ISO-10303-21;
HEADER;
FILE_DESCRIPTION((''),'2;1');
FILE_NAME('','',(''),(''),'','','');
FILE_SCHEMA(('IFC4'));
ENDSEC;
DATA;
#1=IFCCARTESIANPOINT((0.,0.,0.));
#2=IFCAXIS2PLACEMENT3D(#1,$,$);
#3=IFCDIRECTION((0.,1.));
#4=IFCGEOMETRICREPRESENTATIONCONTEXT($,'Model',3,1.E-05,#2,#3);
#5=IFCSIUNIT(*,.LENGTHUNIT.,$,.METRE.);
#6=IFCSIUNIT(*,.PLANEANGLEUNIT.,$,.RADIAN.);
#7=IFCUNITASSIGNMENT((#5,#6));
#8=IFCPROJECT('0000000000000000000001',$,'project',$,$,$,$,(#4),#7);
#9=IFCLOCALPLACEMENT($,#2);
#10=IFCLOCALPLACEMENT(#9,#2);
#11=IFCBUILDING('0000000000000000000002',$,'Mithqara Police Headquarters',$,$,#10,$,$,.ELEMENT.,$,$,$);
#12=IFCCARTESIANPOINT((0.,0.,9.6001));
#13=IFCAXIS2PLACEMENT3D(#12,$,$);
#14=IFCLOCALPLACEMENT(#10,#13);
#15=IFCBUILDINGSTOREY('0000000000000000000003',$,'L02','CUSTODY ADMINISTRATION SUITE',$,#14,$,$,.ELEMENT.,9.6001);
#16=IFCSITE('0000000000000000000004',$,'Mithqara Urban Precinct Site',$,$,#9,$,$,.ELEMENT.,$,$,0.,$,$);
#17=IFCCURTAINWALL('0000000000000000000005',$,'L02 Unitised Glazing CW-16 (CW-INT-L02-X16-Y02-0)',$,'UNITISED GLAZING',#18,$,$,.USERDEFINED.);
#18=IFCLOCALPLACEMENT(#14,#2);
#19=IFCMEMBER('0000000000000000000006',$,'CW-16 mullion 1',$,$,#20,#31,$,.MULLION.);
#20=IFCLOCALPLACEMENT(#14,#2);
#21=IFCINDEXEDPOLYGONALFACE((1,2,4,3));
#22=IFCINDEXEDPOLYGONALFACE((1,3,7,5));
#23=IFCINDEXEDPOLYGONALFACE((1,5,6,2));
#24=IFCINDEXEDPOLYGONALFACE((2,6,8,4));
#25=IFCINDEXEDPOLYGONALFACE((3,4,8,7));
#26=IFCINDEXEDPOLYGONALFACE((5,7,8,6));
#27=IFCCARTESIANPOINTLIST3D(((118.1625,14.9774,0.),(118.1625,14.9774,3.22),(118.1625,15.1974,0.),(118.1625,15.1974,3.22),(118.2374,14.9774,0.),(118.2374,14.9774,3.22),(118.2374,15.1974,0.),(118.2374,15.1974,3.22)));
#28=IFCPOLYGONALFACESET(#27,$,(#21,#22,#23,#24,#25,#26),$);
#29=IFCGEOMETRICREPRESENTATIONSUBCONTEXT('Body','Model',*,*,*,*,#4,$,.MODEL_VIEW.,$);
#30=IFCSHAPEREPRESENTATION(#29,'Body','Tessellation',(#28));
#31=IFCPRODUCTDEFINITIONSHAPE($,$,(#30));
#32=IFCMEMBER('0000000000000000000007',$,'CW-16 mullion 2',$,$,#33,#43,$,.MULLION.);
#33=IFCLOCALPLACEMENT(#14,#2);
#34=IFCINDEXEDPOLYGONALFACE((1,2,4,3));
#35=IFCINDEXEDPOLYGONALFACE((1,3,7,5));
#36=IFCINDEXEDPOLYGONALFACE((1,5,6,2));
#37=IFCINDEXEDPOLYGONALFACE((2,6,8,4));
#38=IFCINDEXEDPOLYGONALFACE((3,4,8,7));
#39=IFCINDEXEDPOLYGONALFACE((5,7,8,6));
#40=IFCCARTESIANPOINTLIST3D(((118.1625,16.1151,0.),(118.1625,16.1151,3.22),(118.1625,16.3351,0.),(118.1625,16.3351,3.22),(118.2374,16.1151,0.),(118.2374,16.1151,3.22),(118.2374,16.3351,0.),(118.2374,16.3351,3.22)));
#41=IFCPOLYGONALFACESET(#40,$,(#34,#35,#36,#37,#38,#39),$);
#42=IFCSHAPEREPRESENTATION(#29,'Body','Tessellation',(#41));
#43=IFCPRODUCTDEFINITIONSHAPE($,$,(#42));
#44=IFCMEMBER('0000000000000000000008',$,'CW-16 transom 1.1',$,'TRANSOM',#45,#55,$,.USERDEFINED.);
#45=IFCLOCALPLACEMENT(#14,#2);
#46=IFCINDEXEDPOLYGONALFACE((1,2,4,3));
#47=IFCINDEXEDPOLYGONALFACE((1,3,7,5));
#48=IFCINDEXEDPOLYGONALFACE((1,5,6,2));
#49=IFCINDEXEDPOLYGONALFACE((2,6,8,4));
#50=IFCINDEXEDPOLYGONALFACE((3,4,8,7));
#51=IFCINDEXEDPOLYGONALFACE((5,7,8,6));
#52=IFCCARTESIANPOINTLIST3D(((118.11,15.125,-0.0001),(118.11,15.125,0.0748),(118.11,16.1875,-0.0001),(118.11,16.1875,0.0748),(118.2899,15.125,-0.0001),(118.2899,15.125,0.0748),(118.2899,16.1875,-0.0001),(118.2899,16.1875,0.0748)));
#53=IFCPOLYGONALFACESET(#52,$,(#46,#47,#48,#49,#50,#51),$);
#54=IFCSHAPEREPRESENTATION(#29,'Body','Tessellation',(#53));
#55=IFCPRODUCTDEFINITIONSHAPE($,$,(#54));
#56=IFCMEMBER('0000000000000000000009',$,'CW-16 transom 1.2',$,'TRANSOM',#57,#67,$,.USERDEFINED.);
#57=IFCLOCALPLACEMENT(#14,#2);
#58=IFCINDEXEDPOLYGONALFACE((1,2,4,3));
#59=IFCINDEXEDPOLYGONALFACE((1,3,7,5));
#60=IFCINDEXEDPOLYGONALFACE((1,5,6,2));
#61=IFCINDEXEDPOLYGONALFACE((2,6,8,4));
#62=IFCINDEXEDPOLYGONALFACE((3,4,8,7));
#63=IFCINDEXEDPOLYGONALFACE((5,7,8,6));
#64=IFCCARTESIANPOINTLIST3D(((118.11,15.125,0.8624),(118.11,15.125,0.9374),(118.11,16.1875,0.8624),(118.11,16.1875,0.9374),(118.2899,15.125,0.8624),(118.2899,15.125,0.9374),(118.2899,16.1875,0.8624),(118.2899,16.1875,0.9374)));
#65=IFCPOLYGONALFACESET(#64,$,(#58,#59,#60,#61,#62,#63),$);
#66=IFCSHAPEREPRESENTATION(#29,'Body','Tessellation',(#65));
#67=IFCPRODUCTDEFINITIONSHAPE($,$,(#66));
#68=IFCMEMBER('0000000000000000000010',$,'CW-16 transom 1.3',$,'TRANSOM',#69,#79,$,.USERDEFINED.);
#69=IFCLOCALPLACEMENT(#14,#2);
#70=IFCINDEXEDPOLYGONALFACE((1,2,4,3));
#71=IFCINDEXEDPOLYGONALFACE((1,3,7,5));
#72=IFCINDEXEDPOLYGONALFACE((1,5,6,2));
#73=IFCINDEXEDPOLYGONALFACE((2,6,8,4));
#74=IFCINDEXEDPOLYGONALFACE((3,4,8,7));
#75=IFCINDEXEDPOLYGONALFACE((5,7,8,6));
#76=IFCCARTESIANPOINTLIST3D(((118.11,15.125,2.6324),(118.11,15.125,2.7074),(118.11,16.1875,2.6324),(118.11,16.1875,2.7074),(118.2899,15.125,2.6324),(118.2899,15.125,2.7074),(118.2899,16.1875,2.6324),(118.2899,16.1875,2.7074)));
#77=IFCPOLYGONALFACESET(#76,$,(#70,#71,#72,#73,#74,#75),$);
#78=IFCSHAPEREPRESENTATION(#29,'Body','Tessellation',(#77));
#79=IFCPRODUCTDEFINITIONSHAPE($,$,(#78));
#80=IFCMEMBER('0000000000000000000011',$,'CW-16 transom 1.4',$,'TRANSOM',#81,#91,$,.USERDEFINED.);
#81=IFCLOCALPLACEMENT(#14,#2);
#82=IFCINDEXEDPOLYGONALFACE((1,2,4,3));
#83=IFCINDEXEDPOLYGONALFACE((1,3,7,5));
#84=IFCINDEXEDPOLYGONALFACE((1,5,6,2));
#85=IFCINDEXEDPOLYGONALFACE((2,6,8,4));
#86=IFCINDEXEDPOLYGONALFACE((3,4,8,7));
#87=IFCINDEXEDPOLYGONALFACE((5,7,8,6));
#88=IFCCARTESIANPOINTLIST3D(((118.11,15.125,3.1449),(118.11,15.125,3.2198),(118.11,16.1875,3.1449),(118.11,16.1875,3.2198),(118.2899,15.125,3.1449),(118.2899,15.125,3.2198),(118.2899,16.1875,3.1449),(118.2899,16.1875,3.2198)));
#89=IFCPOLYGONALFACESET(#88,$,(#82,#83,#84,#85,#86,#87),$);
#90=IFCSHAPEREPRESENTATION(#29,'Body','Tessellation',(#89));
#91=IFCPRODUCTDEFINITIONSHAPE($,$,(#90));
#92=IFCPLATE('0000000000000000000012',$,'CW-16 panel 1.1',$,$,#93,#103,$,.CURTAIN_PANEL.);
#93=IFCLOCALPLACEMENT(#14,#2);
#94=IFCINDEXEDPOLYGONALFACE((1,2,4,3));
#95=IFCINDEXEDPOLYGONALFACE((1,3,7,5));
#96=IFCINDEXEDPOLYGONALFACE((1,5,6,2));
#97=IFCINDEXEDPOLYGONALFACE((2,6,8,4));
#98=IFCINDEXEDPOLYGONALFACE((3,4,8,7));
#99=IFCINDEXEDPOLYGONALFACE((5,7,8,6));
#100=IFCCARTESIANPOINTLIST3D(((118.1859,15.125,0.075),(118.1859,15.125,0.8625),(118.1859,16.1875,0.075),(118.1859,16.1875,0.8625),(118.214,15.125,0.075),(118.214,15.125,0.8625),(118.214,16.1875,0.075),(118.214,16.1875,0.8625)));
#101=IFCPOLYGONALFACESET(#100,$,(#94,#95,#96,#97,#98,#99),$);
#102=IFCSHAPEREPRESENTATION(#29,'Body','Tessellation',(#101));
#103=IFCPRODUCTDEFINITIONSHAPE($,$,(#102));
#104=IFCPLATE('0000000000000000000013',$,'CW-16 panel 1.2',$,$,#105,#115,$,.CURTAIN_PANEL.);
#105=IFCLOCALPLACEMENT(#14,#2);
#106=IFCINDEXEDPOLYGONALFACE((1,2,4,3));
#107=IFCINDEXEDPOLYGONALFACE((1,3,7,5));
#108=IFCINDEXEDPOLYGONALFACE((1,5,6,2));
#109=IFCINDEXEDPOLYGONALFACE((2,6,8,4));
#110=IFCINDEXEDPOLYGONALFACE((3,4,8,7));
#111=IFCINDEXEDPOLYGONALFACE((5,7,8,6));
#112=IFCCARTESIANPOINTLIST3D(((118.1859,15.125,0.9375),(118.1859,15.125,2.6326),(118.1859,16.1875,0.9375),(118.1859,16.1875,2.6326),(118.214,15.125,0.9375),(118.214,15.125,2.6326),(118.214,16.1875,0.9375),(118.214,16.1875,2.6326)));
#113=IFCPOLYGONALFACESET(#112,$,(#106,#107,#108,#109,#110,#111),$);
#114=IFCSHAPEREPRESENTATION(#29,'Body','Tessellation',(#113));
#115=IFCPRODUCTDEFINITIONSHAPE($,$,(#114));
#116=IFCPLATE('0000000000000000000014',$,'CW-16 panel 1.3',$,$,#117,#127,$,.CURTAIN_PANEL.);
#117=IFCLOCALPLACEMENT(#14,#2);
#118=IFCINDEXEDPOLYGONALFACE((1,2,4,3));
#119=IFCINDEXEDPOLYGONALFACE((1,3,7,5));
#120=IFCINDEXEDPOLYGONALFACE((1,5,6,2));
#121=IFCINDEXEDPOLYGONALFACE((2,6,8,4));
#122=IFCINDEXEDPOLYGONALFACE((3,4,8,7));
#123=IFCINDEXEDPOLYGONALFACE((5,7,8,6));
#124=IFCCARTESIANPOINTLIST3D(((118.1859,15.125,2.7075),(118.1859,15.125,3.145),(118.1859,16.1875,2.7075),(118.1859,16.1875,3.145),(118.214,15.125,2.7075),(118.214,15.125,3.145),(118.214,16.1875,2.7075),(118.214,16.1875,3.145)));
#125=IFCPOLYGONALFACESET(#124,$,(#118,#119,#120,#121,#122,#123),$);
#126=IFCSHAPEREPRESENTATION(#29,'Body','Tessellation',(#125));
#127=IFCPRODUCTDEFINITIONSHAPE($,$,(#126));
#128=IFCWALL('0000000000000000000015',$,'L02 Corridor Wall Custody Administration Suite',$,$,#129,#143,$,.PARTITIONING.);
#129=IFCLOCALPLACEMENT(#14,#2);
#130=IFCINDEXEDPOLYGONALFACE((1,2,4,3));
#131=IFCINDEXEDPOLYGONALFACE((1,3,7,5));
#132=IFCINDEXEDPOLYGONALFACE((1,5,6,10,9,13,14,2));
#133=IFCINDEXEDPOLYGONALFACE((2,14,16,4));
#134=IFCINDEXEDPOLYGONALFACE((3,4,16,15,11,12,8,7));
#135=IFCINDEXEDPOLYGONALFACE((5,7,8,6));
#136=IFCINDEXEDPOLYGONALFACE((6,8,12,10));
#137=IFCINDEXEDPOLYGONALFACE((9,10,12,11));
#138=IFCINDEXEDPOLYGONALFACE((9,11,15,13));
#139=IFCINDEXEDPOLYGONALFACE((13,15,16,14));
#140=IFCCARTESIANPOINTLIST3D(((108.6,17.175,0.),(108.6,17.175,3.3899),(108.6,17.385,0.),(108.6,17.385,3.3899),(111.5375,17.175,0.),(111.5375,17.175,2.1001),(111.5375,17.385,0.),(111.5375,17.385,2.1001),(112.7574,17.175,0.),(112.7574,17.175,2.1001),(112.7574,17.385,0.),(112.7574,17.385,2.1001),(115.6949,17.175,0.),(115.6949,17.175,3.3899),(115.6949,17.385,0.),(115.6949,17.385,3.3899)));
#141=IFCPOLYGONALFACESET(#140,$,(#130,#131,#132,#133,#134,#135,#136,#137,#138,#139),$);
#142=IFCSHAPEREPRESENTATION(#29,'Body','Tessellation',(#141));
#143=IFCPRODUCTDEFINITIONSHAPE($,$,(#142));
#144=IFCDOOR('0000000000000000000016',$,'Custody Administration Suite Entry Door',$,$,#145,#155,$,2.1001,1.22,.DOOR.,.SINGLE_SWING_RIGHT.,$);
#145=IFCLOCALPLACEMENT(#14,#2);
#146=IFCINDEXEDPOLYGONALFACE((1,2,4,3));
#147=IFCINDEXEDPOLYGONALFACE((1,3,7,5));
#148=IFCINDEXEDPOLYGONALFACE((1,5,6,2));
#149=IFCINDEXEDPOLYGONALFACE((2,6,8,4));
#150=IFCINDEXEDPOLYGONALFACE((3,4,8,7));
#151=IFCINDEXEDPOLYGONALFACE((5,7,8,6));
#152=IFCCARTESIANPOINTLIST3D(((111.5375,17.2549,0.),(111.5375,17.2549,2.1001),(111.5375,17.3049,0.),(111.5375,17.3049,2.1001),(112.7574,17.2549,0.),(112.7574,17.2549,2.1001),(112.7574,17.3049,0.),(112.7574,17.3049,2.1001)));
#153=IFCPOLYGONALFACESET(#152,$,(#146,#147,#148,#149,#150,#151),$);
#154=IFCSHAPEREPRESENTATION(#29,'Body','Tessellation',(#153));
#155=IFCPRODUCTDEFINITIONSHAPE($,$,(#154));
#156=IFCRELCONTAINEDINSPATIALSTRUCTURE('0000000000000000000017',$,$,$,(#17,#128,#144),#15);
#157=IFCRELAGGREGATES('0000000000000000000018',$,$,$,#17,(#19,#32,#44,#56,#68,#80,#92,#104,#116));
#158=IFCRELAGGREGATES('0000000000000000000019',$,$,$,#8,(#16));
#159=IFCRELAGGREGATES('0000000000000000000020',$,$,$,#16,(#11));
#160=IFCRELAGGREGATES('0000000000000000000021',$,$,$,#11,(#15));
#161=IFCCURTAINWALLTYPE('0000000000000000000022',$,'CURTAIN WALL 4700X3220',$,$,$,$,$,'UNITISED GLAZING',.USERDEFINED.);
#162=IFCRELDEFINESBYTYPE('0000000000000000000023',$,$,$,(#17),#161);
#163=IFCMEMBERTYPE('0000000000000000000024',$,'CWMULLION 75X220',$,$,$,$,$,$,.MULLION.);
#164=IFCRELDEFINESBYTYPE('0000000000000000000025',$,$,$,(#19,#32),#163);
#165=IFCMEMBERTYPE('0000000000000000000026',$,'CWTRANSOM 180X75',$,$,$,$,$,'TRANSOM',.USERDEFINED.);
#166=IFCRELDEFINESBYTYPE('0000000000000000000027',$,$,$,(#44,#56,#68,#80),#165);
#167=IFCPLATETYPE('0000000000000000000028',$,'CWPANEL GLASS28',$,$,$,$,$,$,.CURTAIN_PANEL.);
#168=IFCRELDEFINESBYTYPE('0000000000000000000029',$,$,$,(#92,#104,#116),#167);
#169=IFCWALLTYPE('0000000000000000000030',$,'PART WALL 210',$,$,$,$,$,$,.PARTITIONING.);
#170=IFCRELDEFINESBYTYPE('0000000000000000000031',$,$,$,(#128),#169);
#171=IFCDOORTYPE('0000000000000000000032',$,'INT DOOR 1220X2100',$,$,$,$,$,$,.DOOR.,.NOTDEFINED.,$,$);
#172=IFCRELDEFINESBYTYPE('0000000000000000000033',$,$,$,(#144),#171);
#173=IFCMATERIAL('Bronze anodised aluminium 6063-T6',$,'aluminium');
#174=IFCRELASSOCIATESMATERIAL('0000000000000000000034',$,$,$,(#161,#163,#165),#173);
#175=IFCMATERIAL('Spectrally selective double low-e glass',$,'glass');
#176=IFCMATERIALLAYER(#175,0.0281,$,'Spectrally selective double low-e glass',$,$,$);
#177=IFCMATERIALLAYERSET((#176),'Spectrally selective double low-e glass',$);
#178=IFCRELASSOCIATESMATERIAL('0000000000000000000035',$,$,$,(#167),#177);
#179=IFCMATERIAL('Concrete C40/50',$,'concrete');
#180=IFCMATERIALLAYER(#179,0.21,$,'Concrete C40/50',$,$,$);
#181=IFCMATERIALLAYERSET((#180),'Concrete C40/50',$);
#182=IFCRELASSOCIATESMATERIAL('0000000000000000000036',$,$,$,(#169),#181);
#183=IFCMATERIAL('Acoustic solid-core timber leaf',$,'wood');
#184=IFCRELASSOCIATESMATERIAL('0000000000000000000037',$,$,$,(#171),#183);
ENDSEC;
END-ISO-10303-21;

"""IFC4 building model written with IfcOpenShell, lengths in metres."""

from ifc_helpers import new_model, si_unit, direction, frame, frame_2d, origin, origin_2d, place, context, subcontext, project, spatial, rectangle, extrude, material, layer, layer_set, material_profile, profile_set, type_object, element, fill, aggregate, save


model = new_model("IFC4")

# Units and contexts
model_context = context("Model", 3, precision=1e-05, world=origin(), true_north=direction((0.0, 1.0)))
body_context = subcontext(model_context, "Body", "Model", "MODEL_VIEW")
ifc_project = project(units=[si_unit("LENGTHUNIT", "METRE"), si_unit("PLANEANGLEUNIT", "RADIAN")], contexts=[model_context])

# Site, building, storey
site_placement = place(None, origin())
site = spatial("IfcSite", under=ifc_project, at=site_placement, Name="Mithqara Urban Precinct Site", CompositionType="ELEMENT", RefElevation=0.0)
building_placement = place(site_placement, origin())
building = spatial("IfcBuilding", under=site, at=building_placement, Name="Mithqara Police Headquarters", CompositionType="ELEMENT")
storey_placement = place(building_placement, frame((0.0, 0.0, 9.6001)))
storey = spatial("IfcBuildingStorey", under=building, at=storey_placement, Name="L02", Description="CUSTODY ADMINISTRATION SUITE", CompositionType="ELEMENT", Elevation=9.6001)

# Curtain wall, members, plates
ifc_material_1 = material(Name="Bronze anodised aluminium 6063-T6", Category="aluminium")
curtain_wall_type = type_object("IfcCurtainWallType", Name="CURTAIN WALL 4700X3220", ElementType="UNITISED GLAZING", PredefinedType="USERDEFINED", material=ifc_material_1)
curtain_wall_placement = place(storey_placement, origin())
curtain_wall = element("IfcCurtainWall", 1, at=curtain_wall_placement, inside=storey, type_object=curtain_wall_type, Name="L02 Unitised Glazing CW-16 (CW-INT-L02-X16-Y02-0)", ObjectType="UNITISED GLAZING", PredefinedType="USERDEFINED")
ifc_material_profile_1 = material_profile(ifc_material_1, rectangle(XDim=0.075, YDim=0.22, at=origin_2d()), Name="CWM 75x220")
ifc_profile_set_1 = profile_set([ifc_material_profile_1], Name="Bronze anodised aluminium 6063-T6")
member_type_1 = type_object("IfcMemberType", Name="CWMULLION 75X220", PredefinedType="MULLION", material=ifc_profile_set_1)
member_1_placement = place(storey_placement, frame((118.2, 15.0874, 0.0), z_axis=(0.0, 0.0, 1.0), x_axis=(-1.0, 0.0, 0.0)))
member_1 = element("IfcMember", 2, at=member_1_placement, type_object=member_type_1, Name="CW-16 mullion 1", PredefinedType="MULLION", context=body_context, shape_type="SweptSolid", body=[
    extrude(rectangle(XDim=0.075, YDim=0.22, at=origin_2d()), origin(), (0.0, 0.0, 1.0), 3.22),
])
member_2_placement = place(storey_placement, frame((118.2, 16.2251, 0.0), z_axis=(0.0, 0.0, 1.0), x_axis=(-1.0, 0.0, 0.0)))
member_2 = element("IfcMember", 3, at=member_2_placement, type_object=member_type_1, Name="CW-16 mullion 2", PredefinedType="MULLION", context=body_context, shape_type="SweptSolid", body=[
    extrude(rectangle(XDim=0.075, YDim=0.22, at=origin_2d()), origin(), (0.0, 0.0, 1.0), 3.22),
])
ifc_material_profile_2 = material_profile(ifc_material_1, rectangle(XDim=0.1799, YDim=0.075, at=origin_2d()), Name="CWT 180x75")
ifc_profile_set_2 = profile_set([ifc_material_profile_2], Name="Bronze anodised aluminium 6063-T6")
member_type_2 = type_object("IfcMemberType", Name="CWTRANSOM 180X75", ElementType="TRANSOM", PredefinedType="USERDEFINED", material=ifc_profile_set_2)
member_3_placement = place(storey_placement, frame((118.2, 15.125, 0.0374), z_axis=(0.0, 1.0, 0.0), x_axis=(-1.0, 0.0, 0.0)))
member_3 = element("IfcMember", 4, at=member_3_placement, type_object=member_type_2, Name="CW-16 transom 1.1", ObjectType="TRANSOM", PredefinedType="USERDEFINED", context=body_context, shape_type="SweptSolid", body=[
    extrude(rectangle(XDim=0.1799, YDim=0.075, at=origin_2d()), origin(), (0.0, 0.0, 1.0), 1.0625),
])
member_4_placement = place(storey_placement, frame((118.2, 15.125, 0.8999), z_axis=(0.0, 1.0, 0.0), x_axis=(-1.0, 0.0, 0.0)))
member_4 = element("IfcMember", 5, at=member_4_placement, type_object=member_type_2, Name="CW-16 transom 1.2", ObjectType="TRANSOM", PredefinedType="USERDEFINED", context=body_context, shape_type="SweptSolid", body=[
    extrude(rectangle(XDim=0.1799, YDim=0.075, at=origin_2d()), origin(), (0.0, 0.0, 1.0), 1.0625),
])
member_5_placement = place(storey_placement, frame((118.2, 15.125, 2.6699), z_axis=(0.0, 1.0, 0.0), x_axis=(-1.0, 0.0, 0.0)))
member_5 = element("IfcMember", 6, at=member_5_placement, type_object=member_type_2, Name="CW-16 transom 1.3", ObjectType="TRANSOM", PredefinedType="USERDEFINED", context=body_context, shape_type="SweptSolid", body=[
    extrude(rectangle(XDim=0.1799, YDim=0.075, at=origin_2d()), origin(), (0.0, 0.0, 1.0), 1.0625),
])
member_6_placement = place(storey_placement, frame((118.2, 15.125, 3.1824), z_axis=(0.0, 1.0, 0.0), x_axis=(-1.0, 0.0, 0.0)))
member_6 = element("IfcMember", 7, at=member_6_placement, type_object=member_type_2, Name="CW-16 transom 1.4", ObjectType="TRANSOM", PredefinedType="USERDEFINED", context=body_context, shape_type="SweptSolid", body=[
    extrude(rectangle(XDim=0.1799, YDim=0.075, at=origin_2d()), origin(), (0.0, 0.0, 1.0), 1.0625),
])
ifc_material_2 = material(Name="Spectrally selective double low-e glass", Category="glass")
ifc_layer_1 = layer(ifc_material_2, 0.0281, Name="Spectrally selective double low-e glass")
ifc_layer_set_1 = layer_set([ifc_layer_1], Name="Spectrally selective double low-e glass")
plate_type = type_object("IfcPlateType", Name="CWPANEL GLASS28", PredefinedType="CURTAIN_PANEL", material=ifc_layer_set_1)
plate_1_placement = place(storey_placement, frame((118.2, 15.6562, 0.075), z_axis=(0.0, 0.0, 1.0), x_axis=(0.0, 1.0, 0.0)))
plate_1 = element("IfcPlate", 8, at=plate_1_placement, type_object=plate_type, Name="CW-16 panel 1.1", PredefinedType="CURTAIN_PANEL", context=body_context, shape_type="SweptSolid", body=[
    extrude(rectangle(XDim=1.0625, YDim=0.0281, at=origin_2d()), origin(), (0.0, 0.0, 1.0), 0.7876),
])
plate_2_placement = place(storey_placement, frame((118.2, 15.6562, 0.9375), z_axis=(0.0, 0.0, 1.0), x_axis=(0.0, 1.0, 0.0)))
plate_2 = element("IfcPlate", 9, at=plate_2_placement, type_object=plate_type, Name="CW-16 panel 1.2", PredefinedType="CURTAIN_PANEL", context=body_context, shape_type="SweptSolid", body=[
    extrude(rectangle(XDim=1.0625, YDim=0.0281, at=origin_2d()), origin(), (0.0, 0.0, 1.0), 1.6951),
])
plate_3_placement = place(storey_placement, frame((118.2, 15.6562, 2.7075), z_axis=(0.0, 0.0, 1.0), x_axis=(0.0, 1.0, 0.0)))
plate_3 = element("IfcPlate", 10, at=plate_3_placement, type_object=plate_type, Name="CW-16 panel 1.3", PredefinedType="CURTAIN_PANEL", context=body_context, shape_type="SweptSolid", body=[
    extrude(rectangle(XDim=1.0625, YDim=0.0281, at=origin_2d()), origin(), (0.0, 0.0, 1.0), 0.4375),
])
aggregate(curtain_wall, [member_1, member_2, member_3, member_4, member_5, member_6, plate_1, plate_2, plate_3])

# Wall, opening, door
ifc_material_3 = material(Name="Concrete C40/50", Category="concrete")
ifc_layer_2 = layer(ifc_material_3, 0.21, Name="Concrete C40/50")
ifc_layer_set_2 = layer_set([ifc_layer_2], Name="Concrete C40/50")
wall_type_1 = type_object("IfcWallType", Name="PART WALL 210", PredefinedType="PARTITIONING", material=ifc_layer_set_2)
wall_1_placement = place(storey_placement, frame((108.6001, 17.28, 0.0), z_axis=(0.0, 0.0, 1.0), x_axis=(1.0, 0.0, 0.0)))
wall_1 = element("IfcWall", 11, at=wall_1_placement, inside=storey, type_object=wall_type_1, Name="L02 Corridor Wall Custody Administration Suite", PredefinedType="PARTITIONING", context=body_context, shape_type="SweptSolid", body=[
    extrude(rectangle(XDim=7.095, YDim=0.21, at=frame_2d((3.5474, 0.0))), origin(), (0.0, 0.0, 1.0), 3.3899),
])
opening_1_placement = place(wall_1_placement, frame((2.9375, 0.0, 0.0)))
opening_1 = element("IfcOpeningElement", 12, at=opening_1_placement, cuts=wall_1, PredefinedType="OPENING", context=body_context, shape_type="SweptSolid", body=[
    extrude(rectangle(XDim=1.22, YDim=2.1001, at=frame_2d((0.6099, 1.05))), frame((0.0, 0.115, 0.0), z_axis=(0.0, -1.0, 0.0), x_axis=(1.0, 0.0, 0.0)), (0.0, 0.0, 1.0), 0.23),
])
ifc_material_4 = material(Name="Acoustic solid-core timber leaf", Category="wood")
door_type_1 = type_object("IfcDoorType", Name="INT DOOR 1220X2100", OperationType="NOTDEFINED", PredefinedType="DOOR", material=ifc_material_4)
door_1_placement = place(opening_1_placement, origin())
door_1 = element("IfcDoor", 13, at=door_1_placement, inside=storey, type_object=door_type_1, Name="Custody Administration Suite Entry Door", OperationType="SINGLE_SWING_RIGHT", OverallHeight=2.1001, OverallWidth=1.22, PredefinedType="DOOR", context=body_context, shape_type="SweptSolid", body=[
    extrude(rectangle(XDim=1.22, YDim=2.1001, at=frame_2d((0.6099, 1.05))), frame((0.0, 0.0249, 0.0), z_axis=(0.0, -1.0, 0.0), x_axis=(1.0, 0.0, 0.0)), (0.0, 0.0, 1.0), 0.05),
])
fill(opening_1, door_1)

save(model, "model.ifc")
